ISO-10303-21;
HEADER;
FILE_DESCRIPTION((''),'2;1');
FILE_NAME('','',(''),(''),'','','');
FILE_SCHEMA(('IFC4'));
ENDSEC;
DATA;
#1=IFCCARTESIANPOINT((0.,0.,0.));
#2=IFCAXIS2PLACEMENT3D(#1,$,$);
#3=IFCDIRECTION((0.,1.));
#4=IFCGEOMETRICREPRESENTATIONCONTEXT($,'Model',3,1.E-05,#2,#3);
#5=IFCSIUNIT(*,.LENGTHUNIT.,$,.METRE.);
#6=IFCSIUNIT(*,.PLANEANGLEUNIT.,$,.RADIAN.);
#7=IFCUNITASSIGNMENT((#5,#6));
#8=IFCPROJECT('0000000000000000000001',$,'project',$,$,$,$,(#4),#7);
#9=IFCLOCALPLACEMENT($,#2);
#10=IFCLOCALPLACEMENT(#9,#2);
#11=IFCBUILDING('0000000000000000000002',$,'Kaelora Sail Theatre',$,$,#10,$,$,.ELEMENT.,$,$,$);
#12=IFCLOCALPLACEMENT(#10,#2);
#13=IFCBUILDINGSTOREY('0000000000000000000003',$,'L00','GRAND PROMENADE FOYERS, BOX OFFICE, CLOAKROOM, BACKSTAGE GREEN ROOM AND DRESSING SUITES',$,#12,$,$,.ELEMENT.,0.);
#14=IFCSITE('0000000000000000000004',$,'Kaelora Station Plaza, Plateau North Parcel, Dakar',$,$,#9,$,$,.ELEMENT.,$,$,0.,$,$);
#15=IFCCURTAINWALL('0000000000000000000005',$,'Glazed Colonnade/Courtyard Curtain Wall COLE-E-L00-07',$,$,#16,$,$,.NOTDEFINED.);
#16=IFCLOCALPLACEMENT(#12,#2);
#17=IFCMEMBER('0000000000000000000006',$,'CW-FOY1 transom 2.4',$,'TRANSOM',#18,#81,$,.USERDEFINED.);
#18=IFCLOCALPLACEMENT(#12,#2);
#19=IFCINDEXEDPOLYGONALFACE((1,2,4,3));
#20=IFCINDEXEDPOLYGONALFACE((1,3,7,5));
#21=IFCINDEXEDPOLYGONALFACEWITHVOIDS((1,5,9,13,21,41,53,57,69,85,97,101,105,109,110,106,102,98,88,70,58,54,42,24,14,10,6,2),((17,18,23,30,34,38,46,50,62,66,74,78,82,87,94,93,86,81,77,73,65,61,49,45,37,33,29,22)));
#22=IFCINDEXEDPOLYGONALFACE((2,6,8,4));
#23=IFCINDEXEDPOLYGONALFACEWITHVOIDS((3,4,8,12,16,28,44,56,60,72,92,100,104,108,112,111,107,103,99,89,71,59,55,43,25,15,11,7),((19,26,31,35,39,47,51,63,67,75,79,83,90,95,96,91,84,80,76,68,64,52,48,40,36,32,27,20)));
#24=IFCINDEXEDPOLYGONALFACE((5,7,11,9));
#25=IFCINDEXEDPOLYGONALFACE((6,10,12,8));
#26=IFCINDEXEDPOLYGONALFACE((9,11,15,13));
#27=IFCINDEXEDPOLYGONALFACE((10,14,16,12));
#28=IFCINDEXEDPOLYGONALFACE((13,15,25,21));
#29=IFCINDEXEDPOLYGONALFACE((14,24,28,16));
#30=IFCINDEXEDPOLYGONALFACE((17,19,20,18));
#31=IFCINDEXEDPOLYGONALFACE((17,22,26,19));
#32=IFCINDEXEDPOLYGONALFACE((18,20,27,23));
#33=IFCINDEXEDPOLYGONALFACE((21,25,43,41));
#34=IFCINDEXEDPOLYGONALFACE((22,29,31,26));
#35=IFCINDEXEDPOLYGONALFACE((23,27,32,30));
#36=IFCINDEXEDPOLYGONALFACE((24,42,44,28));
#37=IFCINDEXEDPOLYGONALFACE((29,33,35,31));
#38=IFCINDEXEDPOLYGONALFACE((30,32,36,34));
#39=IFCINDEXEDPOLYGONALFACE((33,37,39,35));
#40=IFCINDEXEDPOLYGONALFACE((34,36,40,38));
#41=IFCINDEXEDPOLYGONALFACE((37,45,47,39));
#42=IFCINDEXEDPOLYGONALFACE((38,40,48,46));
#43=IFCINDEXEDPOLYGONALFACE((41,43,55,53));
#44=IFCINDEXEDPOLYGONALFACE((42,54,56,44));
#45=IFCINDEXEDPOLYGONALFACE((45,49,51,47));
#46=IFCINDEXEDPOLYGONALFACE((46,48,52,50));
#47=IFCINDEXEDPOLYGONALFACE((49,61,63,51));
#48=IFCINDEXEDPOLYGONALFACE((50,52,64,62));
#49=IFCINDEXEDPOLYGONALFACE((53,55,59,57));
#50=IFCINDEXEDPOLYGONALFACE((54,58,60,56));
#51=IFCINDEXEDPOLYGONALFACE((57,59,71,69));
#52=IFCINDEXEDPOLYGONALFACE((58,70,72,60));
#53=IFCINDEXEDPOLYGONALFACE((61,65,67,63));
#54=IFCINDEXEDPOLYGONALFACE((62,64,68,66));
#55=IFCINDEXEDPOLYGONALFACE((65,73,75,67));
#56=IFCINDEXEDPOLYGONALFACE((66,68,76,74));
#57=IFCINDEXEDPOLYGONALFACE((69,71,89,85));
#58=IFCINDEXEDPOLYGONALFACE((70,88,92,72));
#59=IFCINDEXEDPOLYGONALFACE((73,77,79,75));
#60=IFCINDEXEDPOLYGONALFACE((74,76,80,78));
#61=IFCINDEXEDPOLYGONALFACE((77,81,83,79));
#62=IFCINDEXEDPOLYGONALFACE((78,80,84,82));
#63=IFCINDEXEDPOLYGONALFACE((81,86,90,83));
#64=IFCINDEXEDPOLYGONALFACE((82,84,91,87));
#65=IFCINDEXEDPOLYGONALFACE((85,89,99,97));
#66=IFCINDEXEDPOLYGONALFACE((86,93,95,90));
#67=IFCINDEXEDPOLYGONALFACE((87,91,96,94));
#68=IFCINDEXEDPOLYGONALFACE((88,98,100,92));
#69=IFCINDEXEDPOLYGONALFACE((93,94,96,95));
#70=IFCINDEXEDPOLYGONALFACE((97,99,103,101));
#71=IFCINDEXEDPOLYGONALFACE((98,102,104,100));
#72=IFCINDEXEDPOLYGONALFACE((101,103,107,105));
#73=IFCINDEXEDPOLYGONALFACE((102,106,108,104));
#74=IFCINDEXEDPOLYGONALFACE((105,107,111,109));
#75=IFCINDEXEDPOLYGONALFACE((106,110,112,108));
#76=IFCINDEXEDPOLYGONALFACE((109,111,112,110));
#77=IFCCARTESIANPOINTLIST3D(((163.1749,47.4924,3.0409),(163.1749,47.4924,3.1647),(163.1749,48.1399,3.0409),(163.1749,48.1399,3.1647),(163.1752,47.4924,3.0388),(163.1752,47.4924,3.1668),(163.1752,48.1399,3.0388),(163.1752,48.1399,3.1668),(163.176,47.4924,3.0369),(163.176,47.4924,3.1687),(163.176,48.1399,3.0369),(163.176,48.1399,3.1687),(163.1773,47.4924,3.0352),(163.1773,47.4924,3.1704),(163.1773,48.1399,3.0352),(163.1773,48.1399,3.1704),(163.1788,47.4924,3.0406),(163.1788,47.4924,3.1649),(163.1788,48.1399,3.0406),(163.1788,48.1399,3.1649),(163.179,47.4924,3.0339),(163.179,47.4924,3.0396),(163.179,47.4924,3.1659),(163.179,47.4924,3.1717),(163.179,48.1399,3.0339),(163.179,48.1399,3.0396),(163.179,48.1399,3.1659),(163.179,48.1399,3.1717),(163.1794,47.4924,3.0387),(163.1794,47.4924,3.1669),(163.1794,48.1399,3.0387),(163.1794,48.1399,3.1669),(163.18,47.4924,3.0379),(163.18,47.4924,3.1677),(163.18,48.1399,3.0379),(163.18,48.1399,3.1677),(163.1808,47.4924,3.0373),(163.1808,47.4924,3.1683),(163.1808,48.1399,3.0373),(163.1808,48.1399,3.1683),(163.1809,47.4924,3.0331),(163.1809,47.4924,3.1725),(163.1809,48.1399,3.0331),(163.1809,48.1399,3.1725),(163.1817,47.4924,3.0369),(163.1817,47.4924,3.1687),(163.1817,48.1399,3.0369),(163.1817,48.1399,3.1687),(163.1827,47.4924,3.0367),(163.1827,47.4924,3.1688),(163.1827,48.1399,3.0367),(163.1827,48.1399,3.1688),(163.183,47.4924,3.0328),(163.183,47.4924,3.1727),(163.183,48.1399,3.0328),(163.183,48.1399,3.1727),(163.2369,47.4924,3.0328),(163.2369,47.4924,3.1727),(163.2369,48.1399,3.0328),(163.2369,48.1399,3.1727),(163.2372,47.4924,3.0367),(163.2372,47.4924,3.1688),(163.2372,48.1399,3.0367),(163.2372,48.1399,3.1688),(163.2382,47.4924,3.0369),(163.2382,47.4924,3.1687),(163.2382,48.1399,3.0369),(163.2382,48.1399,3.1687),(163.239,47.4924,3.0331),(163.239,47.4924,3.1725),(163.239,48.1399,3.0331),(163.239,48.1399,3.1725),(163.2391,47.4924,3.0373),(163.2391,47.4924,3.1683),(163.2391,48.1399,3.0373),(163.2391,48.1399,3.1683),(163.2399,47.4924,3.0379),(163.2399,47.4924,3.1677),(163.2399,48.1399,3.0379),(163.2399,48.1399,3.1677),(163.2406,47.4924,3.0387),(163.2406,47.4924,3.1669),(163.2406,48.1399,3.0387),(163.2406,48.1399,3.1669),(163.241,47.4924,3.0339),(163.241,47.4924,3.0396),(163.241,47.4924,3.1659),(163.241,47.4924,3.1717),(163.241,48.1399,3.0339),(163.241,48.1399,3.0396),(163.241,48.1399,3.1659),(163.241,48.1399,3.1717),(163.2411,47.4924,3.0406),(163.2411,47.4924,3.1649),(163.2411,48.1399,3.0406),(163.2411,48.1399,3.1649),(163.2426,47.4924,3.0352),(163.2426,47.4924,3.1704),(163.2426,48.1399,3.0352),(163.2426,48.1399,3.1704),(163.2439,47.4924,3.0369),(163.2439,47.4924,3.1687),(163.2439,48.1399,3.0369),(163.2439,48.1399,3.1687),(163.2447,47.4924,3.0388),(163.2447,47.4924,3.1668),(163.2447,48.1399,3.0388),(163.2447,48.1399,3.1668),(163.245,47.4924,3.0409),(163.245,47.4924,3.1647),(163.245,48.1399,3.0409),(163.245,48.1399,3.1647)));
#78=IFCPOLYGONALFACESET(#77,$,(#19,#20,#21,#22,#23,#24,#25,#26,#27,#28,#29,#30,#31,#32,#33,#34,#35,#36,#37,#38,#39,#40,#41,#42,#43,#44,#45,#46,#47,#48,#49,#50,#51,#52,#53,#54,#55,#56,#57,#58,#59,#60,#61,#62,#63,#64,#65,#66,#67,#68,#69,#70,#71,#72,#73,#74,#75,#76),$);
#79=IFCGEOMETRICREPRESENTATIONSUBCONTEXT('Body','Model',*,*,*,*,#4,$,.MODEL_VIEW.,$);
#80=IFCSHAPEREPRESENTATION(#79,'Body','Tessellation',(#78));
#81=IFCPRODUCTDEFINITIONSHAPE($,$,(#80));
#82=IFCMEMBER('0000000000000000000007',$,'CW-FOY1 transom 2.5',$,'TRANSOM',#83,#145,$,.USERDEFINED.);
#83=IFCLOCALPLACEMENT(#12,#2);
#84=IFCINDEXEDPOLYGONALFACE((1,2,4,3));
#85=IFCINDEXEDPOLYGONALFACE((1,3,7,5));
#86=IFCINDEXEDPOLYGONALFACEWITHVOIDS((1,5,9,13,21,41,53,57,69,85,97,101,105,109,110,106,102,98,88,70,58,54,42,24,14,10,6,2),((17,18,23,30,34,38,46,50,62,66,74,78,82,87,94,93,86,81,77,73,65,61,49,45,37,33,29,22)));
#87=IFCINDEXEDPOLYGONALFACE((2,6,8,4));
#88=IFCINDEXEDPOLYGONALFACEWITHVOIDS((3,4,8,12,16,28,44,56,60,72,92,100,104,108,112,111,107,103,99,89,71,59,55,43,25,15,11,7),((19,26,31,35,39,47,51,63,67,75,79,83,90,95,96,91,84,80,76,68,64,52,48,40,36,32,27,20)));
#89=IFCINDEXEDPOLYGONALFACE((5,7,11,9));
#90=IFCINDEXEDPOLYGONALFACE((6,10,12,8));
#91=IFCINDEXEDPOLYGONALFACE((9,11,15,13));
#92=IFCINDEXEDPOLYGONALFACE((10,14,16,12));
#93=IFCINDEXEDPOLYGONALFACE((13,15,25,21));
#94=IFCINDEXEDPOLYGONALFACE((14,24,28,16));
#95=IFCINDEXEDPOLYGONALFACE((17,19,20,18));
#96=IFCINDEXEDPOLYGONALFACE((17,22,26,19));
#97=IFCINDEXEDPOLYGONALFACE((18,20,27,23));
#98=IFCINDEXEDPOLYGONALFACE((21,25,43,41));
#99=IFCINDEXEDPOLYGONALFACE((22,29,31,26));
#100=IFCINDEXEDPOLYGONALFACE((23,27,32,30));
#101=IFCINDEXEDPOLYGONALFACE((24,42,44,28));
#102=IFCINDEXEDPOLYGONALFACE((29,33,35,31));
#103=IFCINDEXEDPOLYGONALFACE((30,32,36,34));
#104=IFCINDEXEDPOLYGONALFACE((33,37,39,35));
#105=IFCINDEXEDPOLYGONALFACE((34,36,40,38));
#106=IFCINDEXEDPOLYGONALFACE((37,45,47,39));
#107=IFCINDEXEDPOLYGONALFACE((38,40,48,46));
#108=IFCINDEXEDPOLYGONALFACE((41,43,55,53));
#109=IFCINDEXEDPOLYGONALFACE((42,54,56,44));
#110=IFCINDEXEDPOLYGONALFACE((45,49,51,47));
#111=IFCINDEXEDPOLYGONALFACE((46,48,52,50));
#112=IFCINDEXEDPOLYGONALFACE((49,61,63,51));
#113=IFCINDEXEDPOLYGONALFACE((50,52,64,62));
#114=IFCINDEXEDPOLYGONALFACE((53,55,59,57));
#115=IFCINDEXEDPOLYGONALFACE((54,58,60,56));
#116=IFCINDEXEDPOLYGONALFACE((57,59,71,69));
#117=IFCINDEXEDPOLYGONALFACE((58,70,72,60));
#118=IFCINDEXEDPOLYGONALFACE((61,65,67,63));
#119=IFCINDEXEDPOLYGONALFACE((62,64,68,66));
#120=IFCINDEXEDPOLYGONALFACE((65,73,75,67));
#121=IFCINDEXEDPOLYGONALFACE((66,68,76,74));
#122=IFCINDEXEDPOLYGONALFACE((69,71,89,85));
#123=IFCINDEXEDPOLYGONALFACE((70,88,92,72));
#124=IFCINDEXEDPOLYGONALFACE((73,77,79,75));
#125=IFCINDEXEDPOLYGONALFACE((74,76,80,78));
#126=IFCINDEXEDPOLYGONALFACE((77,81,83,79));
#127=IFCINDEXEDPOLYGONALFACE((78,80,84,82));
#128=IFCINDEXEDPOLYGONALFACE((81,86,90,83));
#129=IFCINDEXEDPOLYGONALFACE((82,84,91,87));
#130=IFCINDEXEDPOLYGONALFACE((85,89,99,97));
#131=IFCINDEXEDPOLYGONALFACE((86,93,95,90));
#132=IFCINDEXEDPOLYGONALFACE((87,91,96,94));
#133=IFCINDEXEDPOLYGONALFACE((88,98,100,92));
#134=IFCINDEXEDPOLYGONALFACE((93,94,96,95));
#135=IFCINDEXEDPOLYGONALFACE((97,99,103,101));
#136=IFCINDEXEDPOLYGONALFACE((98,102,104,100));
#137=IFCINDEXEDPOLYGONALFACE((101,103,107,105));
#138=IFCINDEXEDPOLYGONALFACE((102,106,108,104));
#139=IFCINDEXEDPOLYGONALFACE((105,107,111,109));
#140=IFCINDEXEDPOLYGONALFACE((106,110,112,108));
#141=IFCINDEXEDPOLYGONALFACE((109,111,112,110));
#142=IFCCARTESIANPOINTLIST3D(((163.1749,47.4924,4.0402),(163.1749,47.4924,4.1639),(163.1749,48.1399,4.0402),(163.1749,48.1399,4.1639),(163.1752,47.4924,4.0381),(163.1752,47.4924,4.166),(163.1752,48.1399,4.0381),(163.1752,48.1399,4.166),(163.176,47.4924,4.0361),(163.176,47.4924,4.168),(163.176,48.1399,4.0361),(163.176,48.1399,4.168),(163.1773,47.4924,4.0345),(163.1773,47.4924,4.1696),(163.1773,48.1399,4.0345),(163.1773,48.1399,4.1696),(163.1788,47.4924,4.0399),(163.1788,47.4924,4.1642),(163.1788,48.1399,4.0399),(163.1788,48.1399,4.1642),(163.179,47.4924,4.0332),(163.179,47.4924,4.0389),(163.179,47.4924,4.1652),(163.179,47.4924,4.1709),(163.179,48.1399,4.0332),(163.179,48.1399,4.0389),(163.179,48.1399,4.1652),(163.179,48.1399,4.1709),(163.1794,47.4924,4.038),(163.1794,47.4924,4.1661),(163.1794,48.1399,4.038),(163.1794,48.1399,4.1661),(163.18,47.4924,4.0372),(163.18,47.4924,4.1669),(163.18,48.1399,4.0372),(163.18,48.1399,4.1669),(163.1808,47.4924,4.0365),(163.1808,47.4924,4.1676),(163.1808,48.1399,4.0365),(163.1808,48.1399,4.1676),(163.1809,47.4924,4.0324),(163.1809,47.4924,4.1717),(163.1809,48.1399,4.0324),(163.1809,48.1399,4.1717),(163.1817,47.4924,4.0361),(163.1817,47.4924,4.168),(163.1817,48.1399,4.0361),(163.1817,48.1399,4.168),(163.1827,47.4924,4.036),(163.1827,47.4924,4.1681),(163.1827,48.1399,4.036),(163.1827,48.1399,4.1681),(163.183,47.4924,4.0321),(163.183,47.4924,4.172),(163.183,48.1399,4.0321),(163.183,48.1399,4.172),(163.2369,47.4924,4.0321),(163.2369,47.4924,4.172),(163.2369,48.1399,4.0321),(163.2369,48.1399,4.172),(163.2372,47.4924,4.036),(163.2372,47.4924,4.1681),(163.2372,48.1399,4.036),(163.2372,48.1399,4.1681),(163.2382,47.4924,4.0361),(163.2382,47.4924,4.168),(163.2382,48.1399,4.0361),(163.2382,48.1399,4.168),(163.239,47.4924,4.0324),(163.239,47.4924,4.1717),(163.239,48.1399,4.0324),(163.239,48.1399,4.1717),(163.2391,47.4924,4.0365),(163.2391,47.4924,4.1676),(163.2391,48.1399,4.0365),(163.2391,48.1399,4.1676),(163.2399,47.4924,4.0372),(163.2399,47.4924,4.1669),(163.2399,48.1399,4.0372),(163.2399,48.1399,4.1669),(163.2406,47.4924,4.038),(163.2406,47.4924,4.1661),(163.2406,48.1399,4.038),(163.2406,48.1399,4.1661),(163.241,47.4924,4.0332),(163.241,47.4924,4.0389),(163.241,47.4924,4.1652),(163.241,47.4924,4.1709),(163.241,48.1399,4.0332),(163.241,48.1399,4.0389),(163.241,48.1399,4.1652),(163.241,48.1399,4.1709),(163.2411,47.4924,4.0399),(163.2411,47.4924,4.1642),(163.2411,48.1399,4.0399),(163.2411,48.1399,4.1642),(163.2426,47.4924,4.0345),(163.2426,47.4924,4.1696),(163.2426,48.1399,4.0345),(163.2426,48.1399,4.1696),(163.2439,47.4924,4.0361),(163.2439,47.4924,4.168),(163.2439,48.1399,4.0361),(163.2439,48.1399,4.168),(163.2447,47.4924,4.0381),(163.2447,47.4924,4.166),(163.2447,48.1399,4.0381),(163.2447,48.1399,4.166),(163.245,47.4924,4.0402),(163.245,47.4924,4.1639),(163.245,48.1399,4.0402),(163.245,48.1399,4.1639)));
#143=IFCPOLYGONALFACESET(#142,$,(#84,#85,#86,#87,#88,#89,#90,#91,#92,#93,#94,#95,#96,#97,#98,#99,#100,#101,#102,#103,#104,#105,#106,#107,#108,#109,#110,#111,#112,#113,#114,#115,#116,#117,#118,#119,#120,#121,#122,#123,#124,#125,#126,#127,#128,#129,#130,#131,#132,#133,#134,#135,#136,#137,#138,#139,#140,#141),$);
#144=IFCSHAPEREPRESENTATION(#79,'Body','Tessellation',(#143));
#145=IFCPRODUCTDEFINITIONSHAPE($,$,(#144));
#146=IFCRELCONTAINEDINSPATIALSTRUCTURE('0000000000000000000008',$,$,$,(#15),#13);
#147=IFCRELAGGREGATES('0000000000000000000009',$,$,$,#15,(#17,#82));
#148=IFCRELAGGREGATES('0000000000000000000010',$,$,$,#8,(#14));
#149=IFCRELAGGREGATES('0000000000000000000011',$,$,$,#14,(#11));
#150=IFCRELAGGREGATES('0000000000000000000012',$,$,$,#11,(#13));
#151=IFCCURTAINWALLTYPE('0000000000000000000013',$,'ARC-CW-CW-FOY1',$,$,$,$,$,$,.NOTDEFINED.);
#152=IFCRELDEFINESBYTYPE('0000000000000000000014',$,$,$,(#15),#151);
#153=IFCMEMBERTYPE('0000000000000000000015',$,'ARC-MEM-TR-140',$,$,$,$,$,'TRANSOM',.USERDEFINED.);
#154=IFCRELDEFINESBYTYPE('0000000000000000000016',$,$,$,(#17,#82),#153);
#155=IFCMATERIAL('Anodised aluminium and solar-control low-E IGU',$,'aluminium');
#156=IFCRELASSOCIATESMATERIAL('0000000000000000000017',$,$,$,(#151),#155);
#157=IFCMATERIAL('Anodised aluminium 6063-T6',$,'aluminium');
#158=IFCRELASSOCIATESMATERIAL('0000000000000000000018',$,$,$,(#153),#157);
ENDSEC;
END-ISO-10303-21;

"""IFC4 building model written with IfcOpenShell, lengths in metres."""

from ifc_helpers import new_model, si_unit, direction, frame, origin, origin_2d, place, context, subcontext, project, spatial, hollow_rectangle, extrude, material, material_profile, profile_set, type_object, element, aggregate, save


model = new_model("IFC4")

# Units and contexts
model_context = context("Model", 3, precision=1e-05, world=origin(), true_north=direction((0.0, 1.0)))
body_context = subcontext(model_context, "Body", "Model", "MODEL_VIEW")
ifc_project = project(units=[si_unit("LENGTHUNIT", "METRE"), si_unit("PLANEANGLEUNIT", "RADIAN")], contexts=[model_context])

# Site, building, storey
site_placement = place(None, origin())
site = spatial("IfcSite", under=ifc_project, at=site_placement, Name="Kaelora Station Plaza, Plateau North Parcel, Dakar", CompositionType="ELEMENT", RefElevation=0.0)
building_placement = place(site_placement, origin())
building = spatial("IfcBuilding", under=site, at=building_placement, Name="Kaelora Sail Theatre", CompositionType="ELEMENT")
storey_placement = place(building_placement, origin())
storey = spatial("IfcBuildingStorey", under=building, at=storey_placement, Name="L00", Description="GRAND PROMENADE FOYERS, BOX OFFICE, CLOAKROOM, BACKSTAGE GREEN ROOM AND DRESSING SUITES", CompositionType="ELEMENT", Elevation=0.0)

# Curtain wall
ifc_material_1 = material(Name="Anodised aluminium and solar-control low-E IGU", Category="aluminium")
curtain_wall_type = type_object("IfcCurtainWallType", Name="ARC-CW-CW-FOY1", PredefinedType="NOTDEFINED", material=ifc_material_1)
curtain_wall_1_placement = place(storey_placement, origin())
curtain_wall_1 = element("IfcCurtainWall", 1, at=curtain_wall_1_placement, inside=storey, type_object=curtain_wall_type, Name="Glazed Colonnade/Courtyard Curtain Wall COLE-E-L00-07", PredefinedType="NOTDEFINED")

# Members
ifc_material_2 = material(Name="Anodised aluminium 6063-T6", Category="aluminium")
ifc_material_profile_1 = material_profile(ifc_material_2, hollow_rectangle(XDim=0.0701, YDim=0.1399, WallThickness=0.0039, InnerFilletRadius=0.0039, OuterFilletRadius=0.0081, at=origin_2d()), Name="ALU-TRAN 70x140x4")
ifc_profile_set_1 = profile_set([ifc_material_profile_1], Name="Anodised aluminium 6063-T6")
member_type_1 = type_object("IfcMemberType", Name="ARC-MEM-TR-140", ElementType="TRANSOM", PredefinedType="USERDEFINED", material=ifc_profile_set_1)
member_1_placement = place(storey_placement, frame((163.21, 47.4924, 3.1028), z_axis=(0.0, 1.0, 0.0), x_axis=(-1.0, 0.0, 0.0)))
member_1 = element("IfcMember", 2, at=member_1_placement, type_object=member_type_1, Name="CW-FOY1 transom 2.4", ObjectType="TRANSOM", PredefinedType="USERDEFINED", context=body_context, shape_type="SweptSolid", body=[
    extrude(hollow_rectangle(XDim=0.0701, YDim=0.1399, WallThickness=0.0039, InnerFilletRadius=0.0039, OuterFilletRadius=0.0081, at=origin_2d()), origin(), (0.0, 0.0, 1.0), 0.6475),
])
member_2_placement = place(storey_placement, frame((163.21, 47.4924, 4.1021), z_axis=(0.0, 1.0, 0.0), x_axis=(-1.0, 0.0, 0.0)))
member_2 = element("IfcMember", 3, at=member_2_placement, type_object=member_type_1, Name="CW-FOY1 transom 2.5", ObjectType="TRANSOM", PredefinedType="USERDEFINED", context=body_context, shape_type="SweptSolid", body=[
    extrude(hollow_rectangle(XDim=0.0701, YDim=0.1399, WallThickness=0.0039, InnerFilletRadius=0.0039, OuterFilletRadius=0.0081, at=origin_2d()), origin(), (0.0, 0.0, 1.0), 0.6475),
])

aggregate(curtain_wall_1, [member_1, member_2])

save(model, "model.ifc")
